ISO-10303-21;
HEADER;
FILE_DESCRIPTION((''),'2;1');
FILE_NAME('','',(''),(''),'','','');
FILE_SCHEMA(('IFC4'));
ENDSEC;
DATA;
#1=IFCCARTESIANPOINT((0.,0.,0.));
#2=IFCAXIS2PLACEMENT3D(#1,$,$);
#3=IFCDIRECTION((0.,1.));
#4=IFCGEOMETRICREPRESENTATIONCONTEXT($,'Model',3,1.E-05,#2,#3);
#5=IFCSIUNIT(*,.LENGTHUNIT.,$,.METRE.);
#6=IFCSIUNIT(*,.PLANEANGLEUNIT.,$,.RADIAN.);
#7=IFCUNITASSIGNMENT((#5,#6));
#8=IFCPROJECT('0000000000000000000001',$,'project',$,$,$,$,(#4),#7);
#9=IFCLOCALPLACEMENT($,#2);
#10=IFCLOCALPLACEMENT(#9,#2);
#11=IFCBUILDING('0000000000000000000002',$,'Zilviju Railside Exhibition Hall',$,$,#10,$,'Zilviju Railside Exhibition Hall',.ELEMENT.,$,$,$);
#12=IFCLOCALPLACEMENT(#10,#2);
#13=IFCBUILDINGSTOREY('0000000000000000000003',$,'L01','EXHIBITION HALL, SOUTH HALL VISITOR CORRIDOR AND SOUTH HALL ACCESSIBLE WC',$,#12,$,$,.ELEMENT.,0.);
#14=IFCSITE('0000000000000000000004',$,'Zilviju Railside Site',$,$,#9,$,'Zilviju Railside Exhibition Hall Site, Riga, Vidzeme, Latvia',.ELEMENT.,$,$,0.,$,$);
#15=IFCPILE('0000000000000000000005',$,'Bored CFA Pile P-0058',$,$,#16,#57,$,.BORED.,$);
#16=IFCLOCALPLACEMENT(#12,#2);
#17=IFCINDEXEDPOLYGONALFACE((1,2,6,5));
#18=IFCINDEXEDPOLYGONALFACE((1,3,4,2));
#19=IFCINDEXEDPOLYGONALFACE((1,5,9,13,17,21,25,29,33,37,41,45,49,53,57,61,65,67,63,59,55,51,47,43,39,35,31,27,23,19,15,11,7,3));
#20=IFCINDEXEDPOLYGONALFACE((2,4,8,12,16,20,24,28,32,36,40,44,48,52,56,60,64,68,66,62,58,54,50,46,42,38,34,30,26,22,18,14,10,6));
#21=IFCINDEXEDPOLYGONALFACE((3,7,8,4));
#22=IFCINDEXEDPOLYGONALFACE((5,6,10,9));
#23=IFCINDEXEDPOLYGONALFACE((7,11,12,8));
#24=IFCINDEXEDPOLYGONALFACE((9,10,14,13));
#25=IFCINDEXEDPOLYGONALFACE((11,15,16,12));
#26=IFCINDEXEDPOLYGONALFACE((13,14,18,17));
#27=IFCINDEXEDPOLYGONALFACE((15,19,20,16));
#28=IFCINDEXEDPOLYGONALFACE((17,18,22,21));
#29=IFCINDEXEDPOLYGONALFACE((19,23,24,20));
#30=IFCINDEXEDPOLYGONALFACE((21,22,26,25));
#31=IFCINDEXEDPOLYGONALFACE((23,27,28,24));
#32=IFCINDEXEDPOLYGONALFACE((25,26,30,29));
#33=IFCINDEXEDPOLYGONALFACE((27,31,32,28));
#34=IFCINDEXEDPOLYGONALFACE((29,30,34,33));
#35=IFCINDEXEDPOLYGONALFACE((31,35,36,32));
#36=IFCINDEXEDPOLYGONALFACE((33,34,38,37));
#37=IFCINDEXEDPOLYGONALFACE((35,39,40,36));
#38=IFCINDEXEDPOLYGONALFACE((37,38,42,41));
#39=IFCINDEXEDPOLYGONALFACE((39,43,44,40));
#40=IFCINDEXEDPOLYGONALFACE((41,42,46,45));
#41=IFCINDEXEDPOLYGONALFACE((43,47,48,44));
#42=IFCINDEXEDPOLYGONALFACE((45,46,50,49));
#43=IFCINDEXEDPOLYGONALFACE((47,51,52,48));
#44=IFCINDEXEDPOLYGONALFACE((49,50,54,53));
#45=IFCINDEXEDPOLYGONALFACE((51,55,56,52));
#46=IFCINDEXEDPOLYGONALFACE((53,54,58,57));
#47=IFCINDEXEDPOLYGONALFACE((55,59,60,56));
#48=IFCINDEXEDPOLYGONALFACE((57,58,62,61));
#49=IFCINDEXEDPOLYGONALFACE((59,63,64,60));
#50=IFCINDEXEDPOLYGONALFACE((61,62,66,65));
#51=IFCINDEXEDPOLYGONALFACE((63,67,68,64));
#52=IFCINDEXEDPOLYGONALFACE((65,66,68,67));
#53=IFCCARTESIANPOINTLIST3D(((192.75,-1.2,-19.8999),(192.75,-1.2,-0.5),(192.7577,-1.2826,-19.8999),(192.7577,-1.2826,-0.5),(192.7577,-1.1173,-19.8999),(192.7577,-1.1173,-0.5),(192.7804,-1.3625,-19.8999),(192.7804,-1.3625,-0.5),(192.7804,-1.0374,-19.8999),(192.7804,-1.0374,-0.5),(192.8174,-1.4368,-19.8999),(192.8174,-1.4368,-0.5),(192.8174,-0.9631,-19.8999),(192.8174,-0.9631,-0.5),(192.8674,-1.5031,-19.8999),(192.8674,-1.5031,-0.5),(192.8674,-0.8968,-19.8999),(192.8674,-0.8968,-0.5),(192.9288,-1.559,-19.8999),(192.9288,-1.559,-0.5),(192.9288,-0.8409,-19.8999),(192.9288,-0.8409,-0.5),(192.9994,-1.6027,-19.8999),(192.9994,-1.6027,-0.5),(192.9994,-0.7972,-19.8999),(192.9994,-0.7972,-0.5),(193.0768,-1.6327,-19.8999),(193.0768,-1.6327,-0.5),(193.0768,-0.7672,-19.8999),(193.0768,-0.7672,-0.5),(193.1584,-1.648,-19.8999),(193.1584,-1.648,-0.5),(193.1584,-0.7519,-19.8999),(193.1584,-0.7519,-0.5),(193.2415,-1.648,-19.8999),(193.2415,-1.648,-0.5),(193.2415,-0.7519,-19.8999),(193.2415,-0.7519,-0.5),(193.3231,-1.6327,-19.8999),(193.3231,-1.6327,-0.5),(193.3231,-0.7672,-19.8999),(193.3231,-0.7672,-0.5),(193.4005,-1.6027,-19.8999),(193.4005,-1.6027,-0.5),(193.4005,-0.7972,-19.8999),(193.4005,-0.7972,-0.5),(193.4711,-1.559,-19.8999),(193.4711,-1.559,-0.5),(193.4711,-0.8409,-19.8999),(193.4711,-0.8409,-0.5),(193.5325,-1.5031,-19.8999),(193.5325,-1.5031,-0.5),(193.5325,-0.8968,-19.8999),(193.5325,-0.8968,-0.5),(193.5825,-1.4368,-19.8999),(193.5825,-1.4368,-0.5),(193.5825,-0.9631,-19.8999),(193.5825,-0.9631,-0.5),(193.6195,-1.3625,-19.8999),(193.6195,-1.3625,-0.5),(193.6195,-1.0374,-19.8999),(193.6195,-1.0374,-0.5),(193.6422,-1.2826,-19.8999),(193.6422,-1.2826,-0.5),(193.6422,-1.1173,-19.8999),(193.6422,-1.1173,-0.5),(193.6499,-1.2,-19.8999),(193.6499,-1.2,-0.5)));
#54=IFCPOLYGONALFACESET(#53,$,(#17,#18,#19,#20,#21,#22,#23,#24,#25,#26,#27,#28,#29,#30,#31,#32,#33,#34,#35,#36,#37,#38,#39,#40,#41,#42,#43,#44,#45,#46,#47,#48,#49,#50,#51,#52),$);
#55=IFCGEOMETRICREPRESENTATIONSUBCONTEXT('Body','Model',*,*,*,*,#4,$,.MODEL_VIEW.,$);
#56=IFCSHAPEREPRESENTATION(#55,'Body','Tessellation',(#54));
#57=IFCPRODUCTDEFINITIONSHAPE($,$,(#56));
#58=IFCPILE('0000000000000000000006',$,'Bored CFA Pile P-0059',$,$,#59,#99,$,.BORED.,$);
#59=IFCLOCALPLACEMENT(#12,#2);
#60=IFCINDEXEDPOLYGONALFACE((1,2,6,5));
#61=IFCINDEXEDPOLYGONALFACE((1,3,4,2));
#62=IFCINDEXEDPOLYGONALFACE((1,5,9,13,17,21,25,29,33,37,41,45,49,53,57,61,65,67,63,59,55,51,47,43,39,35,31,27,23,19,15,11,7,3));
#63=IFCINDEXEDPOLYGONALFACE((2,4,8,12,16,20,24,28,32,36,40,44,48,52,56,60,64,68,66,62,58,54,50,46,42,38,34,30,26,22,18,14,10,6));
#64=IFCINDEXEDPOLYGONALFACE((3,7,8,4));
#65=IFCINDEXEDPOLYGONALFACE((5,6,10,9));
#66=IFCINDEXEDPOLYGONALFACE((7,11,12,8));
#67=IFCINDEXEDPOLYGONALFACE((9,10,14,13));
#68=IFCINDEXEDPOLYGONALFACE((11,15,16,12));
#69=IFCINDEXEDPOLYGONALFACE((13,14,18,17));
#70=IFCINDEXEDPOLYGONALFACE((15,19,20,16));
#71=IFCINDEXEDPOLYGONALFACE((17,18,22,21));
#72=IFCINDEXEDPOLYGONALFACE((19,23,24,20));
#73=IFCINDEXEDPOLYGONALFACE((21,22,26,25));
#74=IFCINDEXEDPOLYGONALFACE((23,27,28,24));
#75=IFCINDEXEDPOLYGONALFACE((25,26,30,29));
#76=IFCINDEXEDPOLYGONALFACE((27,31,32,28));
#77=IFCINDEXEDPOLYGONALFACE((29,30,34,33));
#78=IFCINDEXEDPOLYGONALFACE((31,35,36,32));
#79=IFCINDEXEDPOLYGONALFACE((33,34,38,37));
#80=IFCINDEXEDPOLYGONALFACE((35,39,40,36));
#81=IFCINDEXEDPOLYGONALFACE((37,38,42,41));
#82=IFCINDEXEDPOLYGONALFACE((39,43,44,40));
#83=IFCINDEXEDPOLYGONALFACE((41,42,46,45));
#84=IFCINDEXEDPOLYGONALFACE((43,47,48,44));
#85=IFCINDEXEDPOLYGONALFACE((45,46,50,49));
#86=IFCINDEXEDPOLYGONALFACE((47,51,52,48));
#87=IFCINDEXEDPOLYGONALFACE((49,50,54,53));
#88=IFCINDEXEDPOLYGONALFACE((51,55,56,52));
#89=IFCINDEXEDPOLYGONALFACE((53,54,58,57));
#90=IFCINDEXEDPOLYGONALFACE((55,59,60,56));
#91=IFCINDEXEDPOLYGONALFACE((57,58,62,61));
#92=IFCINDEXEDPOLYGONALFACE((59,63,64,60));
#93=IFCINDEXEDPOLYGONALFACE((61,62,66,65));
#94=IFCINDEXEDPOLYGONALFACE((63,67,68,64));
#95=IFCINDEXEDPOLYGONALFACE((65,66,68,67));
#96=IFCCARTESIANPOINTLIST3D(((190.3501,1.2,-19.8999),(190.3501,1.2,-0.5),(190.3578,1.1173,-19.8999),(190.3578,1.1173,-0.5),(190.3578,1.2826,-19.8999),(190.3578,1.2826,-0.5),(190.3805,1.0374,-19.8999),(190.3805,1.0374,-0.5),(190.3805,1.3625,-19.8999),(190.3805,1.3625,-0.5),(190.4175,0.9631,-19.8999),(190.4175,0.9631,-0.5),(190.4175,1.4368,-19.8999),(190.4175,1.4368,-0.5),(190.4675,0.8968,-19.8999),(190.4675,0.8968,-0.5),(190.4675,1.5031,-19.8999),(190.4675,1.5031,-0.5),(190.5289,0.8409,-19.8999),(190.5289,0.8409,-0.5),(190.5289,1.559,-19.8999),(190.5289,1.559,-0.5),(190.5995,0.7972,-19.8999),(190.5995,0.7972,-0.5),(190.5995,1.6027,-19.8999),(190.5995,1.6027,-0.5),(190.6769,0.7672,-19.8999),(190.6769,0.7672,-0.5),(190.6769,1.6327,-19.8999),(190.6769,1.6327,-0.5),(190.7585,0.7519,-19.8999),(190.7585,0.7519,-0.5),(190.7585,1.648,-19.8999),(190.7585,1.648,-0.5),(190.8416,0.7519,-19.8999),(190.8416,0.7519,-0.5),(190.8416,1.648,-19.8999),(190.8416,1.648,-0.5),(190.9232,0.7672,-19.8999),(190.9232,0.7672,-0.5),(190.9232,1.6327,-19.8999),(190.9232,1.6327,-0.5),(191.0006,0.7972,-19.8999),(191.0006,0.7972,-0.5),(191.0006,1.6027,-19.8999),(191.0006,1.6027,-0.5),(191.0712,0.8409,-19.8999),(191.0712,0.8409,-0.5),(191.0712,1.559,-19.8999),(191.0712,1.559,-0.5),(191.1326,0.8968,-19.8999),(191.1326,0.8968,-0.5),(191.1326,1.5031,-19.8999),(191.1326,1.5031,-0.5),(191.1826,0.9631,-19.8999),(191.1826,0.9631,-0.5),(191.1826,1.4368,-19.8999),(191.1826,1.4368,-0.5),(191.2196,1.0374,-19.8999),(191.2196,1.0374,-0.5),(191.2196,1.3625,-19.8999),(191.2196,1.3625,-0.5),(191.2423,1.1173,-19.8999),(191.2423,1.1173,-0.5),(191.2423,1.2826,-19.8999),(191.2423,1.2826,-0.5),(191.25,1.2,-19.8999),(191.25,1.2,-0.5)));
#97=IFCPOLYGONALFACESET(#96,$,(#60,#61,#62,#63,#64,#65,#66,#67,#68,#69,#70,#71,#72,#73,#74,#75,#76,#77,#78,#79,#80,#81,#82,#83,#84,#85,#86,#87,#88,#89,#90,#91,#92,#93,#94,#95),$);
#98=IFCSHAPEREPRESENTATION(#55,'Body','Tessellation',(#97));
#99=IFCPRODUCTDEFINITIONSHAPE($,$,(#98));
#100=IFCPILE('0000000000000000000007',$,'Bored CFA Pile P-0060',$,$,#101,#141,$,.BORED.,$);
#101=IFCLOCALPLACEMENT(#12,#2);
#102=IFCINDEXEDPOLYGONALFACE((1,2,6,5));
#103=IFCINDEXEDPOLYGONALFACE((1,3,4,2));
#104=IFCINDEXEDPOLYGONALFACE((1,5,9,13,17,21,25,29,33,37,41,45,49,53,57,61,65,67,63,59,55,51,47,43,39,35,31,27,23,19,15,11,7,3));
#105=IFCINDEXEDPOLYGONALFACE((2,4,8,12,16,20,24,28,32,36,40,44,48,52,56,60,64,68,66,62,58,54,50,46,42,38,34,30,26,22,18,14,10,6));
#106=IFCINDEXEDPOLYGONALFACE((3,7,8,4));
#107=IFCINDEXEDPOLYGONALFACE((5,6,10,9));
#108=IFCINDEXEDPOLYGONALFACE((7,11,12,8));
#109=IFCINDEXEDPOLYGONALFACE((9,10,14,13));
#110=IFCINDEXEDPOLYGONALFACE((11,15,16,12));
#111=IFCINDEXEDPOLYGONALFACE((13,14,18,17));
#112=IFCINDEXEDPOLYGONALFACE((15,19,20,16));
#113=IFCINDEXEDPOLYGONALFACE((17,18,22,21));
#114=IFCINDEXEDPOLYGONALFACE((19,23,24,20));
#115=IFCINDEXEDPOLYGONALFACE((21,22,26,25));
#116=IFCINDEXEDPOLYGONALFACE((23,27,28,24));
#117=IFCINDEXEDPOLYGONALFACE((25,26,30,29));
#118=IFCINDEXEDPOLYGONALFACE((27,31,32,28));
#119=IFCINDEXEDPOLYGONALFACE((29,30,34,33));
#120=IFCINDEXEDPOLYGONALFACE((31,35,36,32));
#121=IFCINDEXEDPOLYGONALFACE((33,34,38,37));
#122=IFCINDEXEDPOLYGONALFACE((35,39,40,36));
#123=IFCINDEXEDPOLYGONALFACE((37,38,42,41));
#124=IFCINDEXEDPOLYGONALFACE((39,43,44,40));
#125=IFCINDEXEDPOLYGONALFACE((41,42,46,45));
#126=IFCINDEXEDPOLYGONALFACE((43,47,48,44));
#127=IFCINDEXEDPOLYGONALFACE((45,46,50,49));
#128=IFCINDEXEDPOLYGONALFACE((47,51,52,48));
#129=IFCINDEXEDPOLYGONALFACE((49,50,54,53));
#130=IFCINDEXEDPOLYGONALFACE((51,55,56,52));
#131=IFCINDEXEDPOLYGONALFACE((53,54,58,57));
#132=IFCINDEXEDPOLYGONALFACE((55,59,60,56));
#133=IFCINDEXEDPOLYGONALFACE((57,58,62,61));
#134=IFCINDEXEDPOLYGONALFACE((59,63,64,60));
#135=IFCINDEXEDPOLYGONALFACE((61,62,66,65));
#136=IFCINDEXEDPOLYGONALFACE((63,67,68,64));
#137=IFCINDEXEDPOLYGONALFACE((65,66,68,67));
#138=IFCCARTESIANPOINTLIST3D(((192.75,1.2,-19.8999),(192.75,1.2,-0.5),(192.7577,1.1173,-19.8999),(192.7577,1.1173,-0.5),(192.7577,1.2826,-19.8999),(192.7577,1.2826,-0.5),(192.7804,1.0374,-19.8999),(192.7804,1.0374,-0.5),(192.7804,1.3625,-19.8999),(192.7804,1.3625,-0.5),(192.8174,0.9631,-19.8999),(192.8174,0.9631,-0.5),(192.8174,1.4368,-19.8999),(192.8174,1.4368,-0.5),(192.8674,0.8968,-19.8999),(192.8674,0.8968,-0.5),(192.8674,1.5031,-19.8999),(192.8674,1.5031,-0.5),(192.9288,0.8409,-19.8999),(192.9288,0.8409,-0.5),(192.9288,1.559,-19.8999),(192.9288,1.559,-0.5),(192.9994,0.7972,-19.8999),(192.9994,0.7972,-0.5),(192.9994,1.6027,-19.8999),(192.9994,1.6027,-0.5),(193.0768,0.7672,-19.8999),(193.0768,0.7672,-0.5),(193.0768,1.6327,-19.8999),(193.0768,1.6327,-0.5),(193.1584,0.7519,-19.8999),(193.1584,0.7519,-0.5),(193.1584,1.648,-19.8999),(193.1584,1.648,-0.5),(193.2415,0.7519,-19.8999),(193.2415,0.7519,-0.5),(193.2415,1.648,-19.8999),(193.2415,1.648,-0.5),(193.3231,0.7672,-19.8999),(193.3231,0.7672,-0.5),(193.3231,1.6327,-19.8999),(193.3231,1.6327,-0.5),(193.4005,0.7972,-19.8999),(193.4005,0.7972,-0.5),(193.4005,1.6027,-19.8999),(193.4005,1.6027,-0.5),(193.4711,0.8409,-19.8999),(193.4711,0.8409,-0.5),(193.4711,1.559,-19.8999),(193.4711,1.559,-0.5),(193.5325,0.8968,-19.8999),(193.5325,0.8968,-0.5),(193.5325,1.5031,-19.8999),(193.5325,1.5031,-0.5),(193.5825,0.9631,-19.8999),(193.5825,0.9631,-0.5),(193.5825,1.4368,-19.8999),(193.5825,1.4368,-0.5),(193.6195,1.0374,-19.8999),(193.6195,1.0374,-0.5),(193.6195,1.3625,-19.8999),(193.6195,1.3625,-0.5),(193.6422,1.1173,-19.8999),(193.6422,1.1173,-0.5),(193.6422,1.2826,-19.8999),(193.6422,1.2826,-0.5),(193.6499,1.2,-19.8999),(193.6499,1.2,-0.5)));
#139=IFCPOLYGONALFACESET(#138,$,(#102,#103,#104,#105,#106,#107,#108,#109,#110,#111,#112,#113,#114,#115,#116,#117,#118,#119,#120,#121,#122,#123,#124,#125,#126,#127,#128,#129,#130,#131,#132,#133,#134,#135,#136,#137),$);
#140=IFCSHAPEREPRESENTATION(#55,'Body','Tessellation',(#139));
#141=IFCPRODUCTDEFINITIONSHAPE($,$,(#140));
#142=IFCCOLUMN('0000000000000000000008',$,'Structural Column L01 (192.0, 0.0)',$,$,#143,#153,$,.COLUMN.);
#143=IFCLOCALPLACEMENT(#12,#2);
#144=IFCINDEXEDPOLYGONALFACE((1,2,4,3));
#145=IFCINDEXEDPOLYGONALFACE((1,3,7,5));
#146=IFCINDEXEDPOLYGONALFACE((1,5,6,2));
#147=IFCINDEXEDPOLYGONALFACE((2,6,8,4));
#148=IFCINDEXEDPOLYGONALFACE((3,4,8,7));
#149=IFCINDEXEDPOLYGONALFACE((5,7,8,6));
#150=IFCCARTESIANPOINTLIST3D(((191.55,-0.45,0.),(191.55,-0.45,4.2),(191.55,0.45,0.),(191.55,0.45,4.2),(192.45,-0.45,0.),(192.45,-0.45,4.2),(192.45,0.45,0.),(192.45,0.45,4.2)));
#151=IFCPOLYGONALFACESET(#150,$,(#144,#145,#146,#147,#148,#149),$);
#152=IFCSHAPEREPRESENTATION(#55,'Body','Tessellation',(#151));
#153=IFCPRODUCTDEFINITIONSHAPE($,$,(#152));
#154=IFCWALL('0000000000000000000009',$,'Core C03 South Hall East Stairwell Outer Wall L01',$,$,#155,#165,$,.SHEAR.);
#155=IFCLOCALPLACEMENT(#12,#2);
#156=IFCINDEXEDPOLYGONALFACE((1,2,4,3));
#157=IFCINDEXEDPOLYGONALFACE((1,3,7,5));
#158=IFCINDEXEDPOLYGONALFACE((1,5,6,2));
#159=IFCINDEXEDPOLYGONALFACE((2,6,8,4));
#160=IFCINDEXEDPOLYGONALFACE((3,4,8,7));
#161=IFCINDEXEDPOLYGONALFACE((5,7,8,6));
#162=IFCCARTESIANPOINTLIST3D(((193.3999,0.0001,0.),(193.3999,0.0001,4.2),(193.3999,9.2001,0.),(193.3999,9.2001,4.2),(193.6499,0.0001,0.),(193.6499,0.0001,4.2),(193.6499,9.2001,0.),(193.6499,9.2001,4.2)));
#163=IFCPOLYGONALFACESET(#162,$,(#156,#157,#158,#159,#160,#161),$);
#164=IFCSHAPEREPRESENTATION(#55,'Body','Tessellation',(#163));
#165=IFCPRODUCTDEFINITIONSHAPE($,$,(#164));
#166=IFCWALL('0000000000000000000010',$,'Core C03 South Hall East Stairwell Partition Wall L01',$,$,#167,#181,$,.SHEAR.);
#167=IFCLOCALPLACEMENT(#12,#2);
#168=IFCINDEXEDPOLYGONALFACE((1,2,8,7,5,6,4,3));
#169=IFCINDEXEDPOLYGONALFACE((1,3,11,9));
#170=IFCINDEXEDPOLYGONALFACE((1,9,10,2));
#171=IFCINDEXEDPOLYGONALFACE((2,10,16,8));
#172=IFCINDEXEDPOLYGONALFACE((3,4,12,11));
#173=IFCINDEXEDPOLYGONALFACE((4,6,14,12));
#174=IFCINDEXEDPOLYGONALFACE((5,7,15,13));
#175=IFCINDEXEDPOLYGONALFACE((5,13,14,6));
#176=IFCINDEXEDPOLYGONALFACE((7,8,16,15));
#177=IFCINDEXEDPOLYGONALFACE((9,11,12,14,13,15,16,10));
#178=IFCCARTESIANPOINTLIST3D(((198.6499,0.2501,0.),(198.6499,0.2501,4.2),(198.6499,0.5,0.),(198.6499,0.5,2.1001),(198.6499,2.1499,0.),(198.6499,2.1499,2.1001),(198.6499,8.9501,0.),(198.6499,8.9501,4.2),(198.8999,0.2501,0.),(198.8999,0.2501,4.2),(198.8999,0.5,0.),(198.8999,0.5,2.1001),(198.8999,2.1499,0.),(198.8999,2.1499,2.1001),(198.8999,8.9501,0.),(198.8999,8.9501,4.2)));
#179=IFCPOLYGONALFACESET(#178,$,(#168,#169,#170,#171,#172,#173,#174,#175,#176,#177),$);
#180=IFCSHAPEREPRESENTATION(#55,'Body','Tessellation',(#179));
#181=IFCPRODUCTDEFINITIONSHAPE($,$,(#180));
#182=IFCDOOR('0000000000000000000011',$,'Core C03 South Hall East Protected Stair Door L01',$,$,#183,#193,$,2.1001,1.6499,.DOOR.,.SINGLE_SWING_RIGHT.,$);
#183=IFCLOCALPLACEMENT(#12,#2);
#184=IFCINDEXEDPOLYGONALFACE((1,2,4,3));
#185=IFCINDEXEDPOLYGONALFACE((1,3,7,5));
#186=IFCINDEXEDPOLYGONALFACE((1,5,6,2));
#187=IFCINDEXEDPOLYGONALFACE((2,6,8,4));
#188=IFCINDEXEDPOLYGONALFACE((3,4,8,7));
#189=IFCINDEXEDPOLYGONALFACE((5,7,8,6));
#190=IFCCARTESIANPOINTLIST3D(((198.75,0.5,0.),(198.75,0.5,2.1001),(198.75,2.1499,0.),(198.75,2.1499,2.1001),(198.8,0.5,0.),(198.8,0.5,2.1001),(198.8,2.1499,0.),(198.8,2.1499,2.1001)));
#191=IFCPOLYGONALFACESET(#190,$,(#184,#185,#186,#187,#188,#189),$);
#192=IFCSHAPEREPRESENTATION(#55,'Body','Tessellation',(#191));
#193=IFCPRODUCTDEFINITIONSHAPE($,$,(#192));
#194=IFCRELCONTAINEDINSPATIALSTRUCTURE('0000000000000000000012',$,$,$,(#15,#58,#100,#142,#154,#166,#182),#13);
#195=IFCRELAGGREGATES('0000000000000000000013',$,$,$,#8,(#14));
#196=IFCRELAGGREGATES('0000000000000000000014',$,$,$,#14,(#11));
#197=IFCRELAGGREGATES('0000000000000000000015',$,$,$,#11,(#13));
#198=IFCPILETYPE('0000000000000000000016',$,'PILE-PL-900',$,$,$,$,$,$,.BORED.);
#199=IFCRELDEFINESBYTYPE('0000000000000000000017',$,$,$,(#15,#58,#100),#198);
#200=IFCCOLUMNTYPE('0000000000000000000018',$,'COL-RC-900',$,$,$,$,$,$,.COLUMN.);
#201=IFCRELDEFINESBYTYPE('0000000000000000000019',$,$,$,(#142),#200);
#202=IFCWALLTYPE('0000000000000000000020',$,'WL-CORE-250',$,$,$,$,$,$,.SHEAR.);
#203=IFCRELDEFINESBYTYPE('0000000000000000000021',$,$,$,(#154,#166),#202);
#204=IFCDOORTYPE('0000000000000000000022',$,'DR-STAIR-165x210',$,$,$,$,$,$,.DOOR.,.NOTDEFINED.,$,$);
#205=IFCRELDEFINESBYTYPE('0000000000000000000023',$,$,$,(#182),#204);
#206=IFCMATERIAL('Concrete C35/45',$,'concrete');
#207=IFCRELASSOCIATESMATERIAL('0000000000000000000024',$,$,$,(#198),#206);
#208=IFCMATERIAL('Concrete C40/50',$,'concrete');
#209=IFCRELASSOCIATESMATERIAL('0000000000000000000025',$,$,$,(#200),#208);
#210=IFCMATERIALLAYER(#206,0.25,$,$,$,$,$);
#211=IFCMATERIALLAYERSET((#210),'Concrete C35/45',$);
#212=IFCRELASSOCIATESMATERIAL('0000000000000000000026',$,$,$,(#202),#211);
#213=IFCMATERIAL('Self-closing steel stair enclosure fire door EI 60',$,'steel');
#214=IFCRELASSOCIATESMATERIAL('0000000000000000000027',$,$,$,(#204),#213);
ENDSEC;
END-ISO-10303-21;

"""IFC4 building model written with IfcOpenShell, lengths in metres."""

from ifc_helpers import new_model, si_unit, direction, frame, frame_2d, origin, origin_2d, place, context, subcontext, project, spatial, rectangle, circle, extrude, material, layer, layer_set, material_profile, profile_set, type_object, element, fill, save


model = new_model("IFC4")

# Units and contexts
model_context = context("Model", 3, precision=1e-05, world=origin(), true_north=direction((0.0, 1.0)))
body_context = subcontext(model_context, "Body", "Model", "MODEL_VIEW")
ifc_project = project(units=[si_unit("LENGTHUNIT", "METRE"), si_unit("PLANEANGLEUNIT", "RADIAN")], contexts=[model_context])

# Site, building, storey
site_placement = place(None, origin())
site = spatial("IfcSite", under=ifc_project, at=site_placement, Name="Zilviju Railside Site", LongName="Zilviju Railside Exhibition Hall Site, Riga, Vidzeme, Latvia", CompositionType="ELEMENT", RefElevation=0.0)
building_placement = place(site_placement, origin())
building = spatial("IfcBuilding", under=site, at=building_placement, Name="Zilviju Railside Exhibition Hall", LongName="Zilviju Railside Exhibition Hall", CompositionType="ELEMENT")
storey_placement = place(building_placement, origin())
storey = spatial("IfcBuildingStorey", under=building, at=storey_placement, Name="L01", Description="EXHIBITION HALL, SOUTH HALL VISITOR CORRIDOR AND SOUTH HALL ACCESSIBLE WC", CompositionType="ELEMENT", Elevation=0.0)

# Shared definitions
ifc_material_1 = material(Name="Concrete C35/45", Category="concrete")

# Piles
ifc_material_profile_1 = material_profile(ifc_material_1, circle(Radius=0.45, at=origin_2d()), Name="CFA PILE D900")
ifc_profile_set_1 = profile_set([ifc_material_profile_1], Name="Concrete C35/45")
pile_type = type_object("IfcPileType", Name="PILE-PL-900", PredefinedType="BORED", material=ifc_profile_set_1)
for number, where, z_axis, x_axis, name in (
    (1, (193.2, -1.2, -0.5), (0.0, 0.0, -1.0), (1.0, 0.0, 0.0), "Bored CFA Pile P-0058"),
    (2, (190.8, 1.2, -0.5), (0.0, 0.0, -1.0), (1.0, 0.0, 0.0), "Bored CFA Pile P-0059"),
    (3, (193.2, 1.2, -0.5), (0.0, 0.0, -1.0), (1.0, 0.0, 0.0), "Bored CFA Pile P-0060"),
):
    element("IfcPile", number, at=place(storey_placement, frame(where, z_axis=z_axis, x_axis=x_axis)), inside=storey, type_object=pile_type, Name=name, PredefinedType="BORED", context=body_context, shape_type="SweptSolid", body=[
        extrude(circle(Radius=0.45, at=origin_2d()), origin(), (0.0, 0.0, 1.0), 19.3999),
    ])

# Column
ifc_material_2 = material(Name="Concrete C40/50", Category="concrete")
ifc_material_profile_2 = material_profile(ifc_material_2, rectangle(XDim=0.8999, YDim=0.8999, at=origin_2d()), Name="RC COL 900x900")
ifc_profile_set_2 = profile_set([ifc_material_profile_2], Name="Concrete C40/50")
column_type = type_object("IfcColumnType", Name="COL-RC-900", PredefinedType="COLUMN", material=ifc_profile_set_2)
column_placement = place(storey_placement, frame((192.0, 0.0, 0.0), z_axis=(0.0, 0.0, 1.0), x_axis=(1.0, 0.0, 0.0)))
element("IfcColumn", 4, at=column_placement, inside=storey, type_object=column_type, Name="Structural Column L01 (192.0, 0.0)", PredefinedType="COLUMN", context=body_context, shape_type="SweptSolid", body=[
    extrude(rectangle(XDim=0.8999, YDim=0.8999, at=origin_2d()), origin(), (0.0, 0.0, 1.0), 4.2),
])

# Wall
ifc_layer_1 = layer(ifc_material_1, 0.25)
ifc_layer_set_1 = layer_set([ifc_layer_1], Name="Concrete C35/45")
wall_type_1 = type_object("IfcWallType", Name="WL-CORE-250", PredefinedType="SHEAR", material=ifc_layer_set_1)
wall_1_placement = place(storey_placement, frame((193.5249, 0.0, 0.0), z_axis=(0.0, 0.0, 1.0), x_axis=(0.0, 1.0, 0.0)))
element("IfcWall", 5, at=wall_1_placement, inside=storey, type_object=wall_type_1, Name="Core C03 South Hall East Stairwell Outer Wall L01", PredefinedType="SHEAR", context=body_context, shape_type="SweptSolid", body=[
    extrude(rectangle(XDim=9.2, YDim=0.25, at=frame_2d((4.6001, 0.0))), origin(), (0.0, 0.0, 1.0), 4.2),
])

# Wall, opening, door
wall_2_placement = place(storey_placement, frame((198.7749, 0.25, 0.0), z_axis=(0.0, 0.0, 1.0), x_axis=(0.0, 1.0, 0.0)))
wall_2 = element("IfcWall", 6, at=wall_2_placement, inside=storey, type_object=wall_type_1, Name="Core C03 South Hall East Stairwell Partition Wall L01", PredefinedType="SHEAR", context=body_context, shape_type="SweptSolid", body=[
    extrude(rectangle(XDim=8.7, YDim=0.25, at=frame_2d((4.3501, 0.0))), origin(), (0.0, 0.0, 1.0), 4.2),
])
opening_1_placement = place(wall_2_placement, frame((0.25, 0.0, 0.0)))
opening_1 = element("IfcOpeningElement", 7, at=opening_1_placement, cuts=wall_2, PredefinedType="OPENING", context=body_context, shape_type="SweptSolid", body=[
    extrude(rectangle(XDim=1.6499, YDim=2.1001, at=frame_2d((0.825, 1.05))), frame((0.0, 0.135, 0.0), z_axis=(0.0, -1.0, 0.0), x_axis=(1.0, 0.0, 0.0)), (0.0, 0.0, 1.0), 0.27),
])
ifc_material_3 = material(Name="Self-closing steel stair enclosure fire door EI 60", Category="steel")
door_type_1 = type_object("IfcDoorType", Name="DR-STAIR-165x210", OperationType="NOTDEFINED", PredefinedType="DOOR", material=ifc_material_3)
door_1_placement = place(opening_1_placement, origin())
door_1 = element("IfcDoor", 8, at=door_1_placement, inside=storey, type_object=door_type_1, Name="Core C03 South Hall East Protected Stair Door L01", OperationType="SINGLE_SWING_RIGHT", OverallHeight=2.1001, OverallWidth=1.6499, PredefinedType="DOOR", context=body_context, shape_type="SweptSolid", body=[
    extrude(rectangle(XDim=1.6499, YDim=2.1001, at=frame_2d((0.825, 1.05))), frame((0.0, 0.0249, 0.0), z_axis=(0.0, -1.0, 0.0), x_axis=(1.0, 0.0, 0.0)), (0.0, 0.0, 1.0), 0.05),
])
fill(opening_1, door_1)

save(model, "model.ifc")
